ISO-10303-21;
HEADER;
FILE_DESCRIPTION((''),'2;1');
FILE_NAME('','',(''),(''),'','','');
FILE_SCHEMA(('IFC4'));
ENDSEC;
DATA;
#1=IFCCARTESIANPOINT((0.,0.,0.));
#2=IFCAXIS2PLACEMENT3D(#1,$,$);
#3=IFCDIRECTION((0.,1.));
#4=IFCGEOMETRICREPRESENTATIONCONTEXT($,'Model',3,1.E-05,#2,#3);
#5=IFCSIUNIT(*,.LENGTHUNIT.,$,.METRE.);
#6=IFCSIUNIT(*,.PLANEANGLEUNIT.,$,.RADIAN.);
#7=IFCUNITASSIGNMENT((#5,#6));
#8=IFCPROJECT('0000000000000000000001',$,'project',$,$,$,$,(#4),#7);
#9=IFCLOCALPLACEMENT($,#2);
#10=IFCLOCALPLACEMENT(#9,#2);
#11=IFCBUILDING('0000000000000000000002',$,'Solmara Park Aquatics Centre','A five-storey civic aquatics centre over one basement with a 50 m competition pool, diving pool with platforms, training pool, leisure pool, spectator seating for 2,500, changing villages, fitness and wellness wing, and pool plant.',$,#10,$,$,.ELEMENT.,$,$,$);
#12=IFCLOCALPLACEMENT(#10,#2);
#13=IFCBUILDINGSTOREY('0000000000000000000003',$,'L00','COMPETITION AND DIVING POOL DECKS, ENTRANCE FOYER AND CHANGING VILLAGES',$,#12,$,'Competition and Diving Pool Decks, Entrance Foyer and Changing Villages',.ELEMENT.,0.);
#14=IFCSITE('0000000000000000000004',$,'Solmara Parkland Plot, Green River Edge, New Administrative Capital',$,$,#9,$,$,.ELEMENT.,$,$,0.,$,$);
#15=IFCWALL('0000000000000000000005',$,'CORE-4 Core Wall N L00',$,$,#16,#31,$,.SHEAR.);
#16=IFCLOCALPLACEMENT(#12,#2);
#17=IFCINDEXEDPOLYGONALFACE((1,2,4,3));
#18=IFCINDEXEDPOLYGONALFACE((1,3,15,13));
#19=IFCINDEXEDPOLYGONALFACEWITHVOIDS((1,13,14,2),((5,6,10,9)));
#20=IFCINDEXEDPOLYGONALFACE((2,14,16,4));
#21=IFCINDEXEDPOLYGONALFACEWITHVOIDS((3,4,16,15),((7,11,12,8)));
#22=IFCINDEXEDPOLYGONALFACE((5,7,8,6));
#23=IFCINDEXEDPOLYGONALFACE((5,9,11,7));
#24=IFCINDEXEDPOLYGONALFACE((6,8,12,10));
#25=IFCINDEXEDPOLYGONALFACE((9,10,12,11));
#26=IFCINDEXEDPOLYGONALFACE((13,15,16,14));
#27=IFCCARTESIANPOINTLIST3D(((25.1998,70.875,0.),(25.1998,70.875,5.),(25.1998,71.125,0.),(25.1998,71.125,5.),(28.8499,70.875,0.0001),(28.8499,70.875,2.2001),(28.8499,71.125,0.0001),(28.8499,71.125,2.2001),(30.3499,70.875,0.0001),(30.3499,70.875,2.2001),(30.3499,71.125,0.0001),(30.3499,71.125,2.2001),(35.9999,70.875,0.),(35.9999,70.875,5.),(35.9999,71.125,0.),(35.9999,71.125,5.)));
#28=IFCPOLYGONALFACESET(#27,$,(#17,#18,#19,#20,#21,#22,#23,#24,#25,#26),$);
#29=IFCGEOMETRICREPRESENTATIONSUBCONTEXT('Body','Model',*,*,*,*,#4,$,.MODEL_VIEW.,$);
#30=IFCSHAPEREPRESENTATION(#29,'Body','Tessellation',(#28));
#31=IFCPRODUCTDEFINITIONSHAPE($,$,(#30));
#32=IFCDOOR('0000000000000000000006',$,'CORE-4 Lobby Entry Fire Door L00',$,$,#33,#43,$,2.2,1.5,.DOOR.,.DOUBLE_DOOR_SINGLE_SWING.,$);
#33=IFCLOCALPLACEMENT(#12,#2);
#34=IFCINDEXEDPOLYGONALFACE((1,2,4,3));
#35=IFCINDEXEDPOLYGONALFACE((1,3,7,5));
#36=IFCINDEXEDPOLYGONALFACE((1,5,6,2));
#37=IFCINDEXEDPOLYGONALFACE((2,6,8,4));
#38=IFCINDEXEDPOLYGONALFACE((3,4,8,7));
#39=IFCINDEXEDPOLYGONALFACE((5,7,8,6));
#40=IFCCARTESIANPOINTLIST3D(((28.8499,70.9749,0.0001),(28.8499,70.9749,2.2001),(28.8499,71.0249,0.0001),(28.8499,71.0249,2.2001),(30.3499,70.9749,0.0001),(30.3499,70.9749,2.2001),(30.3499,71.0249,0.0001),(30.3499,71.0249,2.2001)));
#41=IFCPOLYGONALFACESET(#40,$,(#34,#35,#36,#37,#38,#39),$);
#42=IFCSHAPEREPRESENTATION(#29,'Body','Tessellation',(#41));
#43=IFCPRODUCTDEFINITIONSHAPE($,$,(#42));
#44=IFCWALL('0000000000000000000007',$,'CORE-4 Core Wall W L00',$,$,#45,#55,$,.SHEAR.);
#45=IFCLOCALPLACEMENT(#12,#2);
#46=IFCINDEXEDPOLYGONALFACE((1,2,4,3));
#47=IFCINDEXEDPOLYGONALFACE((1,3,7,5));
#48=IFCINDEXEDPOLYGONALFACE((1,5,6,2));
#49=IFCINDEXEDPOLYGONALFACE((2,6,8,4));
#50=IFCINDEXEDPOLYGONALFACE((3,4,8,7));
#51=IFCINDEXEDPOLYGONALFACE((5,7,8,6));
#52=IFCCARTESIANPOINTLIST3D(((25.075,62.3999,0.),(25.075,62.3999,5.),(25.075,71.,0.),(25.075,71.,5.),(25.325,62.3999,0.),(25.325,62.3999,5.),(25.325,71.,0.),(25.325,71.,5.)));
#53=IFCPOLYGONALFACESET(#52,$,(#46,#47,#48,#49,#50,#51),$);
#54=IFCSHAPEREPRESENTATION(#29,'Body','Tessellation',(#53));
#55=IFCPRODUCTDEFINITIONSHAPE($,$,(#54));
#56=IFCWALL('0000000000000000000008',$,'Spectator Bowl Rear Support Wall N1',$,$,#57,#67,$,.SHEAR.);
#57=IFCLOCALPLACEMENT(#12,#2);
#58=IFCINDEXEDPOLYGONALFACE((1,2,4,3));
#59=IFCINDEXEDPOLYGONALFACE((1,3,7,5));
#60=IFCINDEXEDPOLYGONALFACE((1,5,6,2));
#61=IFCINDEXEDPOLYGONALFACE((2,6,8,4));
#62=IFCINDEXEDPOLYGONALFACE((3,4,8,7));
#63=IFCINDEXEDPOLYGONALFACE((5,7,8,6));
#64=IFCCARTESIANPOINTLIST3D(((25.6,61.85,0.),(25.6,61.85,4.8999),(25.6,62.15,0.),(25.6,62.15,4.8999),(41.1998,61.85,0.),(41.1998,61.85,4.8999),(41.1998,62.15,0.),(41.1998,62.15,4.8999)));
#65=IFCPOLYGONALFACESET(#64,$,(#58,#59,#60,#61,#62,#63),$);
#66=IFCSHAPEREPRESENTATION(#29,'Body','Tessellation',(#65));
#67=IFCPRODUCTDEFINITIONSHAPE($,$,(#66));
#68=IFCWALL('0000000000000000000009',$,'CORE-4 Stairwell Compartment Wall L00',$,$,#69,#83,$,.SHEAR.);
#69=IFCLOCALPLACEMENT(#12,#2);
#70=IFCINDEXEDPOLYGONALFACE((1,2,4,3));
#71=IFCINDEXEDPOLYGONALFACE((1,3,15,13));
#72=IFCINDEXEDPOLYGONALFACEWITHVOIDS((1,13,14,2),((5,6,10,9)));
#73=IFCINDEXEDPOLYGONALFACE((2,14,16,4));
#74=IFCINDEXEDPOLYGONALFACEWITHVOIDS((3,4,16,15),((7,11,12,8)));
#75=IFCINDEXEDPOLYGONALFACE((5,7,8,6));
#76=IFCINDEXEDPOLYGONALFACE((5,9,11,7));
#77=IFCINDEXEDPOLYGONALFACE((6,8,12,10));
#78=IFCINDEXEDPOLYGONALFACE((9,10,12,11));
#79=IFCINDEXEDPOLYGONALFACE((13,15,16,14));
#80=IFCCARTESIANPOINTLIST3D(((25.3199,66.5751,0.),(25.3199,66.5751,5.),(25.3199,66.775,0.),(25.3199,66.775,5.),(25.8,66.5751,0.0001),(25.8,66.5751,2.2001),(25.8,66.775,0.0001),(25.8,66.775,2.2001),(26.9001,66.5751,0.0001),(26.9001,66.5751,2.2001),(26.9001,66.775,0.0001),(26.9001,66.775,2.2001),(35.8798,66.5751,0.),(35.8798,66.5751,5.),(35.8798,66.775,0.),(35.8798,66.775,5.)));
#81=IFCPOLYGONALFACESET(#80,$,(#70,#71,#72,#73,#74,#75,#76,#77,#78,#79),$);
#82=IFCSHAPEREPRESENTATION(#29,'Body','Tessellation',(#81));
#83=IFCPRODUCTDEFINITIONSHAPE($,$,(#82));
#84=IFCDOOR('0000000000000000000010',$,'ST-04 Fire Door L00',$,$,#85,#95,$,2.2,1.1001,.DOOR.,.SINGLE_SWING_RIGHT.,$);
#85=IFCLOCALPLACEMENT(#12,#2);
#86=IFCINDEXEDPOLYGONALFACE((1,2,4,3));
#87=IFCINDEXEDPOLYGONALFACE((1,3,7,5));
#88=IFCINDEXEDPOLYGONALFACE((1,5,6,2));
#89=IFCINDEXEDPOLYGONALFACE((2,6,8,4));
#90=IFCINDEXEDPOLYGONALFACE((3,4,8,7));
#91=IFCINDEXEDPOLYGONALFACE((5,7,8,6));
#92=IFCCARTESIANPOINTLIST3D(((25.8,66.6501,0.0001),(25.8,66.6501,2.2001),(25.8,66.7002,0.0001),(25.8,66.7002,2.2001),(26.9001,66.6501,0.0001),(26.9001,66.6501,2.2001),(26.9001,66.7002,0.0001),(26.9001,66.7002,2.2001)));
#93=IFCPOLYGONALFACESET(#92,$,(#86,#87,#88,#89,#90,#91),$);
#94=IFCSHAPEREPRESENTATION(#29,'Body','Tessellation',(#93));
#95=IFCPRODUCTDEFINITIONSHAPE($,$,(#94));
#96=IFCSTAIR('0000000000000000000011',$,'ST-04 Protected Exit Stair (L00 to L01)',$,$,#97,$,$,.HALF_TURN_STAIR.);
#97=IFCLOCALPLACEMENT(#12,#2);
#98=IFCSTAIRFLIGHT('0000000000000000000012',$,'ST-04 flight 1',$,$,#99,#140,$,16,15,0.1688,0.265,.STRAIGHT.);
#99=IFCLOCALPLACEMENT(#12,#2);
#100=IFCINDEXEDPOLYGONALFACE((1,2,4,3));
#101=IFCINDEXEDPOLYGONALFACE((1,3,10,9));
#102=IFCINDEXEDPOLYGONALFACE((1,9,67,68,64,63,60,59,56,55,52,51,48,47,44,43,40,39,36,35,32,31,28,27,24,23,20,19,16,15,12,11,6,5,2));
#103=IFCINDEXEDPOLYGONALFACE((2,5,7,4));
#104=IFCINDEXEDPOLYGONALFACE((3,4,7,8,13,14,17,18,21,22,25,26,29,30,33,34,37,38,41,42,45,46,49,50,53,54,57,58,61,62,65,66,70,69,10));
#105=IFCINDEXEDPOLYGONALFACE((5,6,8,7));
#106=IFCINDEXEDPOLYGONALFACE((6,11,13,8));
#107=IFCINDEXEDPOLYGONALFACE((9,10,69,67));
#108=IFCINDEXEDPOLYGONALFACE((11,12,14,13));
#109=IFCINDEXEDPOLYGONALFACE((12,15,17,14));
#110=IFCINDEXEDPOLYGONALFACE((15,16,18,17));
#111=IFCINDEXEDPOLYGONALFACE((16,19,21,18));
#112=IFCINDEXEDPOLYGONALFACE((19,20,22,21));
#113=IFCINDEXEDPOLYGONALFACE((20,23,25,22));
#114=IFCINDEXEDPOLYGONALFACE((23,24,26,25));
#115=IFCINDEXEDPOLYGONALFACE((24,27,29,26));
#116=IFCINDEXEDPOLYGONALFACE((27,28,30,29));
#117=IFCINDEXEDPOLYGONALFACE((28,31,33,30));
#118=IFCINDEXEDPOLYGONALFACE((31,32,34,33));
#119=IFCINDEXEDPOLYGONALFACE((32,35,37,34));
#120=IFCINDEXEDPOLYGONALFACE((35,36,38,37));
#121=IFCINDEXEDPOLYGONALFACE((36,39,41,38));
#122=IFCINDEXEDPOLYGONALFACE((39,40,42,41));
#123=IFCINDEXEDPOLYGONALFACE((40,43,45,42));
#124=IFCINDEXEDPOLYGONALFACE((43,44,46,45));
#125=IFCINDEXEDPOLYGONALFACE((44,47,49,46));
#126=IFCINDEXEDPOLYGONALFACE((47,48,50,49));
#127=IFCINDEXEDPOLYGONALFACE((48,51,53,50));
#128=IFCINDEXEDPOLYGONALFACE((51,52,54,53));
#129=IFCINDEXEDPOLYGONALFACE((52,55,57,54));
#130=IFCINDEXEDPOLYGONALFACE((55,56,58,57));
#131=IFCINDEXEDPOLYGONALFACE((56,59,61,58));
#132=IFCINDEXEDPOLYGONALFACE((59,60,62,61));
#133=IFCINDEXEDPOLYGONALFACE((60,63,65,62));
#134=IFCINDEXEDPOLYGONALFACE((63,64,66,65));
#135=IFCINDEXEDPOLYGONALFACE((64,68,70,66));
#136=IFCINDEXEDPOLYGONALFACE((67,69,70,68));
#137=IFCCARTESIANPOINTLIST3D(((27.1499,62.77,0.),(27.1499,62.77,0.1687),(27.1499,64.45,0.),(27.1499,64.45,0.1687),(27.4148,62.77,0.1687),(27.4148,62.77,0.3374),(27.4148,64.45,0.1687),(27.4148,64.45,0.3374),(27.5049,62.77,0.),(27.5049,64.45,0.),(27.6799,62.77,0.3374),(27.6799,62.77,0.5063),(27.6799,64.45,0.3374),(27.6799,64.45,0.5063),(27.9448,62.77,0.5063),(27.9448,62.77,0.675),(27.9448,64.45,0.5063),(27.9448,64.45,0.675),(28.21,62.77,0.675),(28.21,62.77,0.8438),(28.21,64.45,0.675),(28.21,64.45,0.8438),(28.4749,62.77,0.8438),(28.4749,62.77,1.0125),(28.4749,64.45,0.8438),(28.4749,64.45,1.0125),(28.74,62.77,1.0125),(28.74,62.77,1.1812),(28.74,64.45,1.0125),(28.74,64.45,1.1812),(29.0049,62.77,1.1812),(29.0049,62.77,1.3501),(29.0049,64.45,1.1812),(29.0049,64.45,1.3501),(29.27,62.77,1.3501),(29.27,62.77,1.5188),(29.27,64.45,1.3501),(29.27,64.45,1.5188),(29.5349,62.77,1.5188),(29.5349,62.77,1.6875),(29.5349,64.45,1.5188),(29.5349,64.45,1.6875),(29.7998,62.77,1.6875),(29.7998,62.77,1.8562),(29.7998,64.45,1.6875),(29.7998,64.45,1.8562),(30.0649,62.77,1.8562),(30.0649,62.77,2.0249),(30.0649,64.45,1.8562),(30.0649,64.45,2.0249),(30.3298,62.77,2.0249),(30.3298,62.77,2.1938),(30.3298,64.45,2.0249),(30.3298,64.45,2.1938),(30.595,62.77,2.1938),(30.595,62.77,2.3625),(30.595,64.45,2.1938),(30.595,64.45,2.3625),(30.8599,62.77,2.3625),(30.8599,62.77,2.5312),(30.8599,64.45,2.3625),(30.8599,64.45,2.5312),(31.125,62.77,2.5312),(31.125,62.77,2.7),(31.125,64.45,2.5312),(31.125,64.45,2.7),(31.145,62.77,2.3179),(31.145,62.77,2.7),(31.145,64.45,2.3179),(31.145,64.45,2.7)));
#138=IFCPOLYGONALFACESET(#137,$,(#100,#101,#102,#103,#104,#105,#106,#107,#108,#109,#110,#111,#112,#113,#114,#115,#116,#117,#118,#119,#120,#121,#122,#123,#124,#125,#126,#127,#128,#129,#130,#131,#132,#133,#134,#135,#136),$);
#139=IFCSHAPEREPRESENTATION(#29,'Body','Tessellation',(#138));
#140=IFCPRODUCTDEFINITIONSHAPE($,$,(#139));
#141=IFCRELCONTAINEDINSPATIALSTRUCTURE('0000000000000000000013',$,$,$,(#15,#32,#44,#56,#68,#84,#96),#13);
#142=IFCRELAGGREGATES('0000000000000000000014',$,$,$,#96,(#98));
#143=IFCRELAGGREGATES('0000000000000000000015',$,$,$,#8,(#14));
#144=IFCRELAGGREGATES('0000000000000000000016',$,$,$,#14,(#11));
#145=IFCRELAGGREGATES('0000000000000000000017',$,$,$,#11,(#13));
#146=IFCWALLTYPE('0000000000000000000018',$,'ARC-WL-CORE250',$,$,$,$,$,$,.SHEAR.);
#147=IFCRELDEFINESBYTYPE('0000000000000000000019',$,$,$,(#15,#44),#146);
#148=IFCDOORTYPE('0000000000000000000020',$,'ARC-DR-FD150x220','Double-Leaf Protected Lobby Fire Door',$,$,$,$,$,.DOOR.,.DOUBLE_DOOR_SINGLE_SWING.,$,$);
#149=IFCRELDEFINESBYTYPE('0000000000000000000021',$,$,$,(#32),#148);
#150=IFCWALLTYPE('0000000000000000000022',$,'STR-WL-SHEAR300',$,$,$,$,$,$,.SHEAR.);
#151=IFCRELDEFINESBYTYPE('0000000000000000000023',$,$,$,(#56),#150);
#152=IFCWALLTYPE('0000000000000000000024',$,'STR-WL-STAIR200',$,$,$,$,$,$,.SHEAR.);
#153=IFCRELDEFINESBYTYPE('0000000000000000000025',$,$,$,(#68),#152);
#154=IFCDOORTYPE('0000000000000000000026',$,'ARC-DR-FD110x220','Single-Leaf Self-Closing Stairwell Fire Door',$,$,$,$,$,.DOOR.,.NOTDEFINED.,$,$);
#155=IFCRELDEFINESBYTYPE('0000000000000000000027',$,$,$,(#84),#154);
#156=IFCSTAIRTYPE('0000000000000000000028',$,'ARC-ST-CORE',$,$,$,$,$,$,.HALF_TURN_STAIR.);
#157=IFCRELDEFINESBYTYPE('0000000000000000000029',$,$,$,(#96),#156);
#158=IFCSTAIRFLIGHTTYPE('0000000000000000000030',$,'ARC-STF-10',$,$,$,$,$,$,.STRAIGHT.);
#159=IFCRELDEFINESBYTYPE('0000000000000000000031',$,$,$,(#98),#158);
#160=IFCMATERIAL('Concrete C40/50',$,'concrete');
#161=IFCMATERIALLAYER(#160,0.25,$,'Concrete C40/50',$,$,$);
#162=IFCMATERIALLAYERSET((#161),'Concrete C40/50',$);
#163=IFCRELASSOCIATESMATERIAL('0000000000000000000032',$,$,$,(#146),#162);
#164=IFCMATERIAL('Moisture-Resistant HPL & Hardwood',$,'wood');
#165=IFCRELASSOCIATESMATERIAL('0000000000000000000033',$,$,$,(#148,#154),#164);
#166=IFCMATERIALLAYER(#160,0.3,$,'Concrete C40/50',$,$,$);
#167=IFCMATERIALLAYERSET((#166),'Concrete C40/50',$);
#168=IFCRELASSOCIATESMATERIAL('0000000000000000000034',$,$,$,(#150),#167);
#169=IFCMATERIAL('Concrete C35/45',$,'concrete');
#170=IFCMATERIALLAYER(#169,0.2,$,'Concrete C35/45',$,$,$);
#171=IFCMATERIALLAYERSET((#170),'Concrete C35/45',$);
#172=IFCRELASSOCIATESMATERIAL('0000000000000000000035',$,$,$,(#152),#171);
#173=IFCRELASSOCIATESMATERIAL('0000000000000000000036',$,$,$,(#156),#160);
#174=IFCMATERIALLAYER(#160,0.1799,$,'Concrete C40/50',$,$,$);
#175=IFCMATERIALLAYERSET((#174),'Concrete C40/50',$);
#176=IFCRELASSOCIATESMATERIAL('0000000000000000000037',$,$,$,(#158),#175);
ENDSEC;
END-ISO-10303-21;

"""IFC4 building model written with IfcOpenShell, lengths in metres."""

from ifc_helpers import new_model, si_unit, direction, frame, frame_2d, origin, place, context, subcontext, project, spatial, polyline, rectangle, outline, extrude, material, layer, layer_set, type_object, element, fill, aggregate, save


model = new_model("IFC4")

# Units and contexts
model_context = context("Model", 3, precision=1e-05, world=origin(), true_north=direction((0.0, 1.0)))
body_context = subcontext(model_context, "Body", "Model", "MODEL_VIEW")
ifc_project = project(units=[si_unit("LENGTHUNIT", "METRE"), si_unit("PLANEANGLEUNIT", "RADIAN")], contexts=[model_context])

# Site, building, storey
site_placement = place(None, origin())
site = spatial("IfcSite", under=ifc_project, at=site_placement, Name="Solmara Parkland Plot, Green River Edge, New Administrative Capital", CompositionType="ELEMENT", RefElevation=0.0)
building_placement = place(site_placement, origin())
building = spatial("IfcBuilding", under=site, at=building_placement, Name="Solmara Park Aquatics Centre", Description="A five-storey civic aquatics centre over one basement with a 50 m competition pool, diving pool with platforms, training pool, leisure pool, spectator seating for 2,500, changing villages, fitness and wellness wing, and pool plant.", CompositionType="ELEMENT")
storey_placement = place(building_placement, origin())
storey = spatial("IfcBuildingStorey", under=building, at=storey_placement, Name="L00", Description="COMPETITION AND DIVING POOL DECKS, ENTRANCE FOYER AND CHANGING VILLAGES", LongName="Competition and Diving Pool Decks, Entrance Foyer and Changing Villages", CompositionType="ELEMENT", Elevation=0.0)

# Shared definitions
ifc_material_1 = material(Name="Concrete C40/50", Category="concrete")

# Shared definitions
ifc_layer_1 = layer(ifc_material_1, 0.25, Name="Concrete C40/50")
ifc_layer_set_1 = layer_set([ifc_layer_1], Name="Concrete C40/50")
wall_type_1 = type_object("IfcWallType", Name="ARC-WL-CORE250", PredefinedType="SHEAR", material=ifc_layer_set_1)

# Wall, opening, door
wall_1_placement = place(storey_placement, frame((25.2, 71.0, 0.0), z_axis=(0.0, 0.0, 1.0), x_axis=(1.0, 0.0, 0.0)))
wall_1 = element("IfcWall", 1, at=wall_1_placement, inside=storey, type_object=wall_type_1, Name="CORE-4 Core Wall N L00", PredefinedType="SHEAR", context=body_context, shape_type="SweptSolid", body=[
    extrude(rectangle(XDim=10.8, YDim=0.25, at=frame_2d((5.3999, 0.0))), origin(), (0.0, 0.0, 1.0), 5.0),
])
opening_1_placement = place(wall_1_placement, frame((3.6499, 0.0, 0.0)))
opening_1 = element("IfcOpeningElement", 2, at=opening_1_placement, cuts=wall_1, PredefinedType="OPENING", context=body_context, shape_type="SweptSolid", body=[
    extrude(rectangle(XDim=1.5, YDim=2.2, at=frame_2d((0.75, 1.1001))), frame((0.0, 0.135, 0.0), z_axis=(0.0, -1.0, 0.0), x_axis=(1.0, 0.0, 0.0)), (0.0, 0.0, 1.0), 0.27),
])
ifc_material_2 = material(Name="Moisture-Resistant HPL & Hardwood", Category="wood")
door_type_1 = type_object("IfcDoorType", Name="ARC-DR-FD150x220", Description="Double-Leaf Protected Lobby Fire Door", OperationType="DOUBLE_DOOR_SINGLE_SWING", PredefinedType="DOOR", material=ifc_material_2)
door_1_placement = place(opening_1_placement, origin())
door_1 = element("IfcDoor", 3, at=door_1_placement, inside=storey, type_object=door_type_1, Name="CORE-4 Lobby Entry Fire Door L00", OperationType="DOUBLE_DOOR_SINGLE_SWING", OverallHeight=2.2, OverallWidth=1.5, PredefinedType="DOOR", context=body_context, shape_type="SweptSolid", body=[
    extrude(rectangle(XDim=1.5, YDim=2.2, at=frame_2d((0.75, 1.1001))), frame((0.0, 0.0249, 0.0), z_axis=(0.0, -1.0, 0.0), x_axis=(1.0, 0.0, 0.0)), (0.0, 0.0, 1.0), 0.05),
])
fill(opening_1, door_1)

# Walls
wall_2_placement = place(storey_placement, frame((25.2, 62.3999, 0.0), z_axis=(0.0, 0.0, 1.0), x_axis=(0.0, 1.0, 0.0)))
element("IfcWall", 4, at=wall_2_placement, inside=storey, type_object=wall_type_1, Name="CORE-4 Core Wall W L00", PredefinedType="SHEAR", context=body_context, shape_type="SweptSolid", body=[
    extrude(rectangle(XDim=8.6001, YDim=0.25, at=frame_2d((4.3, 0.0))), origin(), (0.0, 0.0, 1.0), 5.0),
])
ifc_layer_2 = layer(ifc_material_1, 0.3, Name="Concrete C40/50")
ifc_layer_set_2 = layer_set([ifc_layer_2], Name="Concrete C40/50")
wall_type_2 = type_object("IfcWallType", Name="STR-WL-SHEAR300", PredefinedType="SHEAR", material=ifc_layer_set_2)
wall_3_placement = place(storey_placement, frame((25.6001, 62.0, 0.0), z_axis=(0.0, 0.0, 1.0), x_axis=(1.0, 0.0, 0.0)))
element("IfcWall", 5, at=wall_3_placement, inside=storey, type_object=wall_type_2, Name="Spectator Bowl Rear Support Wall N1", PredefinedType="SHEAR", context=body_context, shape_type="SweptSolid", body=[
    extrude(rectangle(XDim=15.5999, YDim=0.3, at=frame_2d((7.7998, 0.0))), origin(), (0.0, 0.0, 1.0), 4.8999),
])

# Wall, opening, door
ifc_material_3 = material(Name="Concrete C35/45", Category="concrete")
ifc_layer_3 = layer(ifc_material_3, 0.2, Name="Concrete C35/45")
ifc_layer_set_3 = layer_set([ifc_layer_3], Name="Concrete C35/45")
wall_type_3 = type_object("IfcWallType", Name="STR-WL-STAIR200", PredefinedType="SHEAR", material=ifc_layer_set_3)
wall_4_placement = place(storey_placement, frame((25.3201, 66.675, 0.0), z_axis=(0.0, 0.0, 1.0), x_axis=(1.0, 0.0, 0.0)))
wall_4 = element("IfcWall", 6, at=wall_4_placement, inside=storey, type_object=wall_type_3, Name="CORE-4 Stairwell Compartment Wall L00", PredefinedType="SHEAR", context=body_context, shape_type="SweptSolid", body=[
    extrude(rectangle(XDim=10.5598, YDim=0.2, at=frame_2d((5.2798, 0.0))), origin(), (0.0, 0.0, 1.0), 5.0),
])
opening_2_placement = place(wall_4_placement, frame((0.48, 0.0, 0.0)))
opening_2 = element("IfcOpeningElement", 7, at=opening_2_placement, cuts=wall_4, PredefinedType="OPENING", context=body_context, shape_type="SweptSolid", body=[
    extrude(rectangle(XDim=1.1001, YDim=2.2, at=frame_2d((0.55, 1.1001))), frame((0.0, 0.1099, 0.0), z_axis=(0.0, -1.0, 0.0), x_axis=(1.0, 0.0, 0.0)), (0.0, 0.0, 1.0), 0.22),
])
door_type_2 = type_object("IfcDoorType", Name="ARC-DR-FD110x220", Description="Single-Leaf Self-Closing Stairwell Fire Door", OperationType="NOTDEFINED", PredefinedType="DOOR", material=ifc_material_2)
door_2_placement = place(opening_2_placement, frame((1.1001, 0.0, 0.0), z_axis=(0.0, 0.0, 1.0), x_axis=(-1.0, 0.0, 0.0)))
door_2 = element("IfcDoor", 8, at=door_2_placement, inside=storey, type_object=door_type_2, Name="ST-04 Fire Door L00", OperationType="SINGLE_SWING_RIGHT", OverallHeight=2.2, OverallWidth=1.1001, PredefinedType="DOOR", context=body_context, shape_type="SweptSolid", body=[
    extrude(rectangle(XDim=1.1001, YDim=2.2, at=frame_2d((0.55, 1.1001))), frame((0.0, 0.0249, 0.0), z_axis=(0.0, -1.0, 0.0), x_axis=(1.0, 0.0, 0.0)), (0.0, 0.0, 1.0), 0.05),
])
fill(opening_2, door_2)

# Stair, stair flight
stair_type = type_object("IfcStairType", Name="ARC-ST-CORE", PredefinedType="HALF_TURN_STAIR", material=ifc_material_1)
stair_placement = place(storey_placement, origin())
stair = element("IfcStair", 9, at=stair_placement, inside=storey, type_object=stair_type, Name="ST-04 Protected Exit Stair (L00 to L01)", PredefinedType="HALF_TURN_STAIR")
ifc_layer_4 = layer(ifc_material_1, 0.1799, Name="Concrete C40/50")
ifc_layer_set_4 = layer_set([ifc_layer_4], Name="Concrete C40/50")
stair_flight_type = type_object("IfcStairFlightType", Name="ARC-STF-10", PredefinedType="STRAIGHT", material=ifc_layer_set_4)
stair_flight_placement = place(storey_placement, frame((27.1499, 63.6101, 0.0), z_axis=(0.0, 0.0, 1.0), x_axis=(1.0, 0.0, 0.0)))
stair_flight = element("IfcStairFlight", 10, at=stair_flight_placement, type_object=stair_flight_type, Name="ST-04 flight 1", NumberOfRisers=16, NumberOfTreads=15, PredefinedType="STRAIGHT", RiserHeight=0.1688, TreadLength=0.265, context=body_context, shape_type="SweptSolid", body=[
    extrude(outline(polyline([(0.0, 0.0), (0.0, 0.1687), (0.2649, 0.1687), (0.2649, 0.3374), (0.53, 0.3374), (0.53, 0.5063), (0.7949, 0.5063), (0.7949, 0.675), (1.0601, 0.675), (1.0601, 0.8438), (1.325, 0.8438), (1.325, 1.0125), (1.5901, 1.0125), (1.5901, 1.1812), (1.855, 1.1812), (1.855, 1.3501), (2.1201, 1.3501), (2.1201, 1.5188), (2.385, 1.5188), (2.385, 1.6875), (2.6499, 1.6875), (2.6499, 1.8562), (2.915, 1.8562), (2.915, 2.0249), (3.1799, 2.0249), (3.1799, 2.1938), (3.4451, 2.1938), (3.4451, 2.3625), (3.71, 2.3625), (3.71, 2.5312), (3.9751, 2.5312), (3.9751, 2.7), (3.9951, 2.7), (3.9951, 2.3179), (0.355, 0.0), (0.0, 0.0)])), frame((0.0, 0.8398, 0.0), z_axis=(0.0, -1.0, 0.0), x_axis=(1.0, 0.0, 0.0)), (0.0, 0.0, 1.0), 1.6799),
])
aggregate(stair, [stair_flight])

save(model, "model.ifc")
